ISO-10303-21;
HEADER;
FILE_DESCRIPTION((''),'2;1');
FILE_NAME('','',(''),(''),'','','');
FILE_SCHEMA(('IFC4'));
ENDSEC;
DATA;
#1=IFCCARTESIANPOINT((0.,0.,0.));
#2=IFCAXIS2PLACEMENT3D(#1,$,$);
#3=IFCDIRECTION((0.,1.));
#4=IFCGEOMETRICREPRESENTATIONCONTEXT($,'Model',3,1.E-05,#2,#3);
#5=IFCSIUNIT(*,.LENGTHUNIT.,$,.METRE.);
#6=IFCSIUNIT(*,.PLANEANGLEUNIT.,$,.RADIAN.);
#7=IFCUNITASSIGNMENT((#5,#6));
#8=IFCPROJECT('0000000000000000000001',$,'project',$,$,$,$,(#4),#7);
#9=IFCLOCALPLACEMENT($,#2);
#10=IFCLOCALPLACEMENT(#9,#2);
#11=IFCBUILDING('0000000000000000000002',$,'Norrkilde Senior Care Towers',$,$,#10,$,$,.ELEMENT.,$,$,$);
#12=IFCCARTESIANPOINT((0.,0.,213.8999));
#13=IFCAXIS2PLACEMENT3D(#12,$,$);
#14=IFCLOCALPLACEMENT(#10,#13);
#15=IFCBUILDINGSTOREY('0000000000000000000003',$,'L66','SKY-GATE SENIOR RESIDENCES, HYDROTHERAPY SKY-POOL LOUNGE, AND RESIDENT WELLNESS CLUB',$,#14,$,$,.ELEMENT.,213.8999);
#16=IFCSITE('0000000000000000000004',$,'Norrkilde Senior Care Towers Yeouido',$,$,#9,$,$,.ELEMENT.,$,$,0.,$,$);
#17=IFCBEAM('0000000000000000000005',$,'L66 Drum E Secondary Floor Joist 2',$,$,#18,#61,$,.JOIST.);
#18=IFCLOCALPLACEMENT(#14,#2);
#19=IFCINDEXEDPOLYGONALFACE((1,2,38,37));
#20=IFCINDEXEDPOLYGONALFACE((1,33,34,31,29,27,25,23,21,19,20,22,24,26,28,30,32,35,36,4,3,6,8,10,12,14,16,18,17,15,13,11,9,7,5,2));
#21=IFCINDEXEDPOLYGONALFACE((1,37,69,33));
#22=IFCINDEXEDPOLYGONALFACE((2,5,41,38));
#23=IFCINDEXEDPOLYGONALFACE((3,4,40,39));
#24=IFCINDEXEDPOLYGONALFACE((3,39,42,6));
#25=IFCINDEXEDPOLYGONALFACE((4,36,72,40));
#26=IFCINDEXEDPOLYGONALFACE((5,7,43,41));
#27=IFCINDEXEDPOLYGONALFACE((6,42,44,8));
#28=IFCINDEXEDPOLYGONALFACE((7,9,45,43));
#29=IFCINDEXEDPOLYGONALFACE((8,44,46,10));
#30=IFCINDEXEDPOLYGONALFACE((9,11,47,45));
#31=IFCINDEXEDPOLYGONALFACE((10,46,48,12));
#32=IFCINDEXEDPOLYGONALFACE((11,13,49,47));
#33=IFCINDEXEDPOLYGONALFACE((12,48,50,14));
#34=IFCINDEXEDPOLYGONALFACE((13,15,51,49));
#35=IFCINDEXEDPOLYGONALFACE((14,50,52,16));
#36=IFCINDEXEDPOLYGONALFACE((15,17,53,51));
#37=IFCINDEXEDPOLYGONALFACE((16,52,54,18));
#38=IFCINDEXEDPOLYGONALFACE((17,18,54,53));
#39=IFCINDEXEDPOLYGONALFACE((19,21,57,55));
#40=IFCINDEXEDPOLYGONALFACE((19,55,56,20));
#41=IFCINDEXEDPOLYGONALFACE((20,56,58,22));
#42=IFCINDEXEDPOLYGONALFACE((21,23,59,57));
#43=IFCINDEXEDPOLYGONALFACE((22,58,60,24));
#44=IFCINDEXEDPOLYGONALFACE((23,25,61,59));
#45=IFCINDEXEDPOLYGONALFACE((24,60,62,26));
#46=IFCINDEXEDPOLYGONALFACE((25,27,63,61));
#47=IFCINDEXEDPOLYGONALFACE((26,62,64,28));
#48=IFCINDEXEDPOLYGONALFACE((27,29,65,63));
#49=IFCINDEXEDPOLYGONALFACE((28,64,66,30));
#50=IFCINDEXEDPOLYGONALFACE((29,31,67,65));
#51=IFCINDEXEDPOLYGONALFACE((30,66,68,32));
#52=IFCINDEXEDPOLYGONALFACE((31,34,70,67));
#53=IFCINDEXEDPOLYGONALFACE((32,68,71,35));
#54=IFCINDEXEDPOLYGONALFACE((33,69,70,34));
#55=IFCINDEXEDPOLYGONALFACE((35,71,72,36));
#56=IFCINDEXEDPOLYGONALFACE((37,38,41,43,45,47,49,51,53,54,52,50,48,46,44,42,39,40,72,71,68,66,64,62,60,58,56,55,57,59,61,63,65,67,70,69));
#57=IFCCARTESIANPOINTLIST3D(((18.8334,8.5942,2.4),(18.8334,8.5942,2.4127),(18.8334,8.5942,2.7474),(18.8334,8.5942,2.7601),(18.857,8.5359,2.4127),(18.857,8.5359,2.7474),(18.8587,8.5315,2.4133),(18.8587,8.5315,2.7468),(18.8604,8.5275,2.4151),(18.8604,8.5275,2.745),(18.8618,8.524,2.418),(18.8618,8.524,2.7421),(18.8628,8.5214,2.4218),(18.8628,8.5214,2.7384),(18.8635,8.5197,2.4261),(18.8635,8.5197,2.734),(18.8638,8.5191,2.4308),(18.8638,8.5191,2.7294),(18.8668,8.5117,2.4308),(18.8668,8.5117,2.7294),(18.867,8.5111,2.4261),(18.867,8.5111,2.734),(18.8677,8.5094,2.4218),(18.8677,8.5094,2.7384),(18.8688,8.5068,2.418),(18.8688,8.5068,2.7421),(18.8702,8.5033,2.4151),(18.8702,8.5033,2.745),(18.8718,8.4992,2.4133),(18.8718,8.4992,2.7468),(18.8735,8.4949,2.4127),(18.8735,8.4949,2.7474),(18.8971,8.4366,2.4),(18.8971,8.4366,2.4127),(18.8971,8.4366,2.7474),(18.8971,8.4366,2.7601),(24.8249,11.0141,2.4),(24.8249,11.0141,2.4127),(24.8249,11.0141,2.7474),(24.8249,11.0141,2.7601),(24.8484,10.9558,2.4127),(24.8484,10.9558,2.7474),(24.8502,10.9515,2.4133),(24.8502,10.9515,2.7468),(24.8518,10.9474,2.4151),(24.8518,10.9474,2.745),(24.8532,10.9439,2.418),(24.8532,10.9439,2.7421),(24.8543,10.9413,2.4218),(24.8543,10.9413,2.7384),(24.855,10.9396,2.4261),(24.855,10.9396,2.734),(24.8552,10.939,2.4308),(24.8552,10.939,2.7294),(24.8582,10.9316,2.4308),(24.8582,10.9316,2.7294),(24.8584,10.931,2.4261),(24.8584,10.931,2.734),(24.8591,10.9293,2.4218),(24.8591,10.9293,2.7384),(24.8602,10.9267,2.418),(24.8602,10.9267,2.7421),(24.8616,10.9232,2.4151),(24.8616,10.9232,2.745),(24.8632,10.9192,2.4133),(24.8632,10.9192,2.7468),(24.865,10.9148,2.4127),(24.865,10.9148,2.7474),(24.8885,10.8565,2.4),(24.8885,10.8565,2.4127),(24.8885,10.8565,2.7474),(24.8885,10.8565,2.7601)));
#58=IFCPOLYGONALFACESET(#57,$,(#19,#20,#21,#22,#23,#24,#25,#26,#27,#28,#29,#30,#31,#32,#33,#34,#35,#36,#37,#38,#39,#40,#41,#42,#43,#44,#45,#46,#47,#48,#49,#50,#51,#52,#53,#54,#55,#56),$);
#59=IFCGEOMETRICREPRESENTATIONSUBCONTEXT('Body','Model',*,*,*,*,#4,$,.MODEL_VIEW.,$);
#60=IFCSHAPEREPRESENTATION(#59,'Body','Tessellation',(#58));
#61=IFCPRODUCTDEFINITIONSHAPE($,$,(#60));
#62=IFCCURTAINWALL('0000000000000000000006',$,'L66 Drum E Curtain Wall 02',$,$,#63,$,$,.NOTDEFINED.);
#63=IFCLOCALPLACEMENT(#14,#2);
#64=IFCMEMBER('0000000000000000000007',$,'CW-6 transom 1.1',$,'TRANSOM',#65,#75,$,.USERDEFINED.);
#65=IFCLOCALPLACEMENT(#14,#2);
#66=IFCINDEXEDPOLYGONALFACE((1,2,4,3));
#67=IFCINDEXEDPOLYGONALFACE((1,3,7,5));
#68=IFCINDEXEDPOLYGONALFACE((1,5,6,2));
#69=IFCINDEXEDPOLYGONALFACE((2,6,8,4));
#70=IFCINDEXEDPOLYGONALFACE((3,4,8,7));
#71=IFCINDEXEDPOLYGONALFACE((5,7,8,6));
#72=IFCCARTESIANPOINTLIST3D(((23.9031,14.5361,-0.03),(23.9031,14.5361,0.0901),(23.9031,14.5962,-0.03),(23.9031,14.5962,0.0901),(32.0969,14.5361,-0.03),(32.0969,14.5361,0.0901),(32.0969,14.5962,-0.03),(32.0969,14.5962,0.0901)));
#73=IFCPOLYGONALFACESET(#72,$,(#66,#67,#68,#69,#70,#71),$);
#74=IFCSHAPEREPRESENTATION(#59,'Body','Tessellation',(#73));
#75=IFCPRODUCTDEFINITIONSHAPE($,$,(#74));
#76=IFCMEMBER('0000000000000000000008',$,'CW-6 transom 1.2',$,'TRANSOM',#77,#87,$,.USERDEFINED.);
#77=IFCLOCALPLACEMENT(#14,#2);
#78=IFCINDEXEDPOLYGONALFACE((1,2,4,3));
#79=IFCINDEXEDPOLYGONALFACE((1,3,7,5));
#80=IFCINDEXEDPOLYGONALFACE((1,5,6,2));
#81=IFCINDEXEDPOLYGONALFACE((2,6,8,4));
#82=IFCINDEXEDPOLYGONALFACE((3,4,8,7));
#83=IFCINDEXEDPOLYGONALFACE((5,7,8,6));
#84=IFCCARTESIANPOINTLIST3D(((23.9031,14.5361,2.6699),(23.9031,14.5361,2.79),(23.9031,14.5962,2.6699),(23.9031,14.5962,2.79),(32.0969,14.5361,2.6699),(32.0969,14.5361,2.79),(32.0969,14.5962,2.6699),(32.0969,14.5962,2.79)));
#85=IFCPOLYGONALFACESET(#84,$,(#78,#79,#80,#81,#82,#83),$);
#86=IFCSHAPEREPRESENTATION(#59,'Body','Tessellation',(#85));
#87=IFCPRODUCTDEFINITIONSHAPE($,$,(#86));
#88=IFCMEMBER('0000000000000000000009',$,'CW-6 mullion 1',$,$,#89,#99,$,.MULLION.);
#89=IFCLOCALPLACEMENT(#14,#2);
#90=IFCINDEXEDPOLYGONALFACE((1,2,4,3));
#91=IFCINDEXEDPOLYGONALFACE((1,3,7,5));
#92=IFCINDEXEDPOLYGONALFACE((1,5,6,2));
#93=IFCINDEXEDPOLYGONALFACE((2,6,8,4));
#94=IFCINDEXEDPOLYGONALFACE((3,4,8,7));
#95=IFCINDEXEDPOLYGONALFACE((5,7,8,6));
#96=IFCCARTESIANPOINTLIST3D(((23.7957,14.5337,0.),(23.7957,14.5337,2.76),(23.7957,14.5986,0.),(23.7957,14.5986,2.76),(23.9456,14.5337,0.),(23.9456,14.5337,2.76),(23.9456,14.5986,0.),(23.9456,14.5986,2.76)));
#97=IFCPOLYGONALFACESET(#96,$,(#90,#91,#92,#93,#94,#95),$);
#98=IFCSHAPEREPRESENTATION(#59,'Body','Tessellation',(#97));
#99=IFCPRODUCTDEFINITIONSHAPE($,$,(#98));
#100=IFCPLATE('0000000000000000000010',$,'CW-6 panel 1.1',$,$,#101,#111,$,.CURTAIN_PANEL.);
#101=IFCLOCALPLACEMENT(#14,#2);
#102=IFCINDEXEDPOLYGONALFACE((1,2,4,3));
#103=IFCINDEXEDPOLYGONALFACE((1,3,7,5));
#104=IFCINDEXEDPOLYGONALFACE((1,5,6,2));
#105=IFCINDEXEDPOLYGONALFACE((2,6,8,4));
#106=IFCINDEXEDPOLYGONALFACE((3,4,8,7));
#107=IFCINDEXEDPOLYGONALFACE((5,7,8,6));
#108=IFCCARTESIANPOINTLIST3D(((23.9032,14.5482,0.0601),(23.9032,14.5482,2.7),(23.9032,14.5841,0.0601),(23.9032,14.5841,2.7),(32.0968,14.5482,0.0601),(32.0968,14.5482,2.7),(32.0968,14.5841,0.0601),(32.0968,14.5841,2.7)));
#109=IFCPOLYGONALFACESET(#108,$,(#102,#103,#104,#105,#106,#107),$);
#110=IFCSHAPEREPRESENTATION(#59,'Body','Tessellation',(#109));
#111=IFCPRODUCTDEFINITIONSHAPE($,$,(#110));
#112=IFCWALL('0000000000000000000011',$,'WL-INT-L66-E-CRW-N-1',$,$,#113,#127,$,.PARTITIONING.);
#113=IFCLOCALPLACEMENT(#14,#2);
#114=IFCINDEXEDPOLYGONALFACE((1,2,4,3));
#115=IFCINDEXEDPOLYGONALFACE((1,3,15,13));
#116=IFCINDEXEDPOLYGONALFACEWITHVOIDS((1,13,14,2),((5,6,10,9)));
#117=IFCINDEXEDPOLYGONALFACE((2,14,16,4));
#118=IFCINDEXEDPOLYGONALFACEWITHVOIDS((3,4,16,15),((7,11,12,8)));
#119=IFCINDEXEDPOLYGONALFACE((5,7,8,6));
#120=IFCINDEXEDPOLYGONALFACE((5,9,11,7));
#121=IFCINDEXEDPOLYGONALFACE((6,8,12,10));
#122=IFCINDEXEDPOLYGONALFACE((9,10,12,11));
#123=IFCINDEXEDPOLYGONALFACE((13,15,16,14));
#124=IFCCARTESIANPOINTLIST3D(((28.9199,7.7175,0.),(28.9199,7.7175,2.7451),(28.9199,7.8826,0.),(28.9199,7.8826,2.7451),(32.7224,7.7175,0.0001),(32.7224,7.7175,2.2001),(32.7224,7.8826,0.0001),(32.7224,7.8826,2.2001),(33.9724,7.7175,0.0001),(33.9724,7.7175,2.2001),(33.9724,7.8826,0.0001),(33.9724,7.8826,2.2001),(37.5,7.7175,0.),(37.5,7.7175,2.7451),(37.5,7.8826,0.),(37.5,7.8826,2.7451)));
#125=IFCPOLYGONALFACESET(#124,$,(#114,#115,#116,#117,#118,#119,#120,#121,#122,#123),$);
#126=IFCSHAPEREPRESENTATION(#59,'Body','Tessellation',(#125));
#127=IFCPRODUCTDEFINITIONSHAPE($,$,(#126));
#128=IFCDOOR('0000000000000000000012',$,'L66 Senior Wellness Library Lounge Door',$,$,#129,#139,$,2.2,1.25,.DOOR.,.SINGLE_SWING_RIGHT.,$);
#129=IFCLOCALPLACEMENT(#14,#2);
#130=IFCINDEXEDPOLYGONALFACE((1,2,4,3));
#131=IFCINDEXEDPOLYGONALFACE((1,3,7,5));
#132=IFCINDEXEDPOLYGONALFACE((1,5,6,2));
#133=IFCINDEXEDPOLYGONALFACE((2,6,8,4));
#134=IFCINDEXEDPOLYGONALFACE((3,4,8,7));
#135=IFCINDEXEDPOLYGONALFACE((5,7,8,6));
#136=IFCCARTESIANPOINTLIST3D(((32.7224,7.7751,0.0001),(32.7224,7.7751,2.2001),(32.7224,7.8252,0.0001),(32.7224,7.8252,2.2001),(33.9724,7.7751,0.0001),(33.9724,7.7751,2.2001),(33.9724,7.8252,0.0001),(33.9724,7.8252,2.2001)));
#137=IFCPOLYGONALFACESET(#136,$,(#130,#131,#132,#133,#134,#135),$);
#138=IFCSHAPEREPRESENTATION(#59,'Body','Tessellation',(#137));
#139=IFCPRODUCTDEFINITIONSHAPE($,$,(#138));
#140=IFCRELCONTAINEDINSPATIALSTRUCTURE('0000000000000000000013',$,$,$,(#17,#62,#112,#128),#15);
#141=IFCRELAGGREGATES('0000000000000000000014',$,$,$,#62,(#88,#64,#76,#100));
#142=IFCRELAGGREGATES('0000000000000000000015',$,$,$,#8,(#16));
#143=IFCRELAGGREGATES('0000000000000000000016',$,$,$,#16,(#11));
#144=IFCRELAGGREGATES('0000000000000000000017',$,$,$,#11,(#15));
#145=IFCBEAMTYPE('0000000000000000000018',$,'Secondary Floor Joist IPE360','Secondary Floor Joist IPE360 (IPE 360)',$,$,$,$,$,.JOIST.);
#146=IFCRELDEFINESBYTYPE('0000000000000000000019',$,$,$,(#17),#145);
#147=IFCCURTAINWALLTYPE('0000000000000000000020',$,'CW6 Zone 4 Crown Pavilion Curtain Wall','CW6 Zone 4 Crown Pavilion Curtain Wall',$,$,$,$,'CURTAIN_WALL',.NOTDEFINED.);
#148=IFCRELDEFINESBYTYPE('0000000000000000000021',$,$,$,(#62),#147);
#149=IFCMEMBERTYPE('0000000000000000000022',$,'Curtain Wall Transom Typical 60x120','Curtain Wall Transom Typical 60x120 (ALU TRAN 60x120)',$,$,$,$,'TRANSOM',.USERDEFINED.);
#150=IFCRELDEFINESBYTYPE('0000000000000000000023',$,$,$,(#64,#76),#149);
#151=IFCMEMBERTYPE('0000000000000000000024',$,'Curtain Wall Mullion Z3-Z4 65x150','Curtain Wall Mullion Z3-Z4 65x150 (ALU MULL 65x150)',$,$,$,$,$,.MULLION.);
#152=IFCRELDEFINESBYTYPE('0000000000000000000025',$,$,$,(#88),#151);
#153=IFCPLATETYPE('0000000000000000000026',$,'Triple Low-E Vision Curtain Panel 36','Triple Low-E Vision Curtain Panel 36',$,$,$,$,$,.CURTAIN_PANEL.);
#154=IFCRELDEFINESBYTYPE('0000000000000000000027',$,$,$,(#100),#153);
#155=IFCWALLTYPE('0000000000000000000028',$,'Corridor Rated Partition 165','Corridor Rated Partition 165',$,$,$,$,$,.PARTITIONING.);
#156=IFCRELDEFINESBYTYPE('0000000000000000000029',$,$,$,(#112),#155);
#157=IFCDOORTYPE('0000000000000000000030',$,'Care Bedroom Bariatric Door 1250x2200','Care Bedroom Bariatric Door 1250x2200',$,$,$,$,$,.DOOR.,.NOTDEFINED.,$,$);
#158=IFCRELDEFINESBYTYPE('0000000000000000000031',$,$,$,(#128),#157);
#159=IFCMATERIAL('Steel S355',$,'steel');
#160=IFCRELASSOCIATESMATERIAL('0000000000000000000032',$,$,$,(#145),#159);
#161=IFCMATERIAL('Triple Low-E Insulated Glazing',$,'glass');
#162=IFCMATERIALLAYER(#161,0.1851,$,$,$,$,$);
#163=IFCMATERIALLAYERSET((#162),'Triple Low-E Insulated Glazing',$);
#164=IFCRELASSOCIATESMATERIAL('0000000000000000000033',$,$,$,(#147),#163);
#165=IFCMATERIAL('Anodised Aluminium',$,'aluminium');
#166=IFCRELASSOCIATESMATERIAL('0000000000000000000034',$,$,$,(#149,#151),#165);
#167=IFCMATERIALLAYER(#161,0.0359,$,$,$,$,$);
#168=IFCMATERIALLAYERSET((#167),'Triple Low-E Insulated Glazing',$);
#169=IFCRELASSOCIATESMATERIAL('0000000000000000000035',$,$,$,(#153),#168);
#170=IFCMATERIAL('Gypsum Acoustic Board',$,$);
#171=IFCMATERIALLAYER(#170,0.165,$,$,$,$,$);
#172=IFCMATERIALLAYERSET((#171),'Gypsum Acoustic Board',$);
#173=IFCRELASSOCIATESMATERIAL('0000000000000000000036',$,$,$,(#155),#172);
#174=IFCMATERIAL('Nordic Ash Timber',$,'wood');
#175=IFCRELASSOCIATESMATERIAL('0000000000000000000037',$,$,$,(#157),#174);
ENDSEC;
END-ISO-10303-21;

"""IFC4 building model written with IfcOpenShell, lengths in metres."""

from ifc_helpers import new_model, si_unit, direction, frame, frame_2d, origin, origin_2d, place, context, subcontext, project, spatial, rectangle, i_section, extrude, source, transform, mapped, material, layer, layer_set, material_profile, profile_set, type_object, type_shapes, element, fill, aggregate, save


model = new_model("IFC4")

# Units and contexts
model_context = context("Model", 3, precision=1e-05, world=origin(), true_north=direction((0.0, 1.0)))
body_context = subcontext(model_context, "Body", "Model", "MODEL_VIEW")
ifc_project = project(units=[si_unit("LENGTHUNIT", "METRE"), si_unit("PLANEANGLEUNIT", "RADIAN")], contexts=[model_context])

# Site, building, storey
site_placement = place(None, origin())
site = spatial("IfcSite", under=ifc_project, at=site_placement, Name="Norrkilde Senior Care Towers Yeouido", CompositionType="ELEMENT", RefElevation=0.0)
building_placement = place(site_placement, origin())
building = spatial("IfcBuilding", under=site, at=building_placement, Name="Norrkilde Senior Care Towers", CompositionType="ELEMENT")
storey_placement = place(building_placement, frame((0.0, 0.0, 213.8999)))
storey = spatial("IfcBuildingStorey", under=building, at=storey_placement, Name="L66", Description="SKY-GATE SENIOR RESIDENCES, HYDROTHERAPY SKY-POOL LOUNGE, AND RESIDENT WELLNESS CLUB", CompositionType="ELEMENT", Elevation=213.8999)

# Beam
ifc_material_1 = material(Name="Steel S355", Category="steel")
ifc_material_profile_1 = material_profile(ifc_material_1, i_section(OverallWidth=0.1699, OverallDepth=0.3601, WebThickness=0.0081, FlangeThickness=0.0127, FilletRadius=0.0181, at=origin_2d()), Name="IPE 360")
ifc_profile_set_1 = profile_set([ifc_material_profile_1], Name="Steel S355")
beam_type_1 = type_object("IfcBeamType", Name="Secondary Floor Joist IPE360", Description="Secondary Floor Joist IPE360 (IPE 360)", PredefinedType="JOIST", material=ifc_profile_set_1)
shared_shape_1 = source(origin(), body_context, "Body", "SweptSolid", [
    extrude(i_section(OverallWidth=0.1699, OverallDepth=0.3601, WebThickness=0.0081, FlangeThickness=0.0127, FilletRadius=0.0181, at=origin_2d()), origin(), (0.0, 0.0, 1.0), 6.4617),
])
type_shapes(beam_type_1, [shared_shape_1])
beam_1_placement = place(storey_placement, frame((24.8567, 10.9353, 2.5801), z_axis=(-0.927226, -0.374502, 0.0), x_axis=(0.374502, -0.927226, 0.0)))
element("IfcBeam", 1, at=beam_1_placement, inside=storey, type_object=beam_type_1, Name="L66 Drum E Secondary Floor Joist 2", PredefinedType="JOIST", context=body_context, shape_type="MappedRepresentation", body=[
    mapped(shared_shape_1, transform((0.0, 0.0, 0.0), x_axis=(1.0, 0.0, 0.0), y_axis=(0.0, 1.0, 0.0), z_axis=(0.0, 0.0, 1.0), scale=1.0)),
])

# Curtain wall, members, plate
ifc_material_2 = material(Name="Triple Low-E Insulated Glazing", Category="glass")
ifc_layer_1 = layer(ifc_material_2, 0.1851)
ifc_layer_set_1 = layer_set([ifc_layer_1], Name="Triple Low-E Insulated Glazing")
curtain_wall_type = type_object("IfcCurtainWallType", Name="CW6 Zone 4 Crown Pavilion Curtain Wall", Description="CW6 Zone 4 Crown Pavilion Curtain Wall", ElementType="CURTAIN_WALL", PredefinedType="NOTDEFINED", material=ifc_layer_set_1)
curtain_wall_placement = place(storey_placement, origin())
curtain_wall = element("IfcCurtainWall", 2, at=curtain_wall_placement, inside=storey, type_object=curtain_wall_type, Name="L66 Drum E Curtain Wall 02", PredefinedType="NOTDEFINED")
ifc_material_3 = material(Name="Anodised Aluminium", Category="aluminium")
ifc_material_profile_2 = material_profile(ifc_material_3, rectangle(XDim=0.0601, YDim=0.1201, at=origin_2d()), Name="ALU TRAN 60x120")
ifc_profile_set_2 = profile_set([ifc_material_profile_2], Name="Anodised Aluminium")
member_type_1 = type_object("IfcMemberType", Name="Curtain Wall Transom Typical 60x120", Description="Curtain Wall Transom Typical 60x120 (ALU TRAN 60x120)", ElementType="TRANSOM", PredefinedType="USERDEFINED", material=ifc_profile_set_2)
shared_shape_2 = source(origin(), body_context, "Body", "SweptSolid", [
    extrude(rectangle(XDim=0.0601, YDim=0.1201, at=origin_2d()), origin(), (0.0, 0.0, 1.0), 8.1938),
])
type_shapes(member_type_1, [shared_shape_2])
member_1_placement = place(storey_placement, frame((23.9031, 14.5662, 0.03), z_axis=(1.0, 0.0, 0.0), x_axis=(0.0, 1.0, 0.0)))
member_1 = element("IfcMember", 3, at=member_1_placement, type_object=member_type_1, Name="CW-6 transom 1.1", ObjectType="TRANSOM", PredefinedType="USERDEFINED", context=body_context, shape_type="MappedRepresentation", body=[
    mapped(shared_shape_2, transform((0.0, 0.0, 0.0), x_axis=(1.0, 0.0, 0.0), y_axis=(0.0, 1.0, 0.0), z_axis=(0.0, 0.0, 1.0), scale=1.0)),
])
member_2_placement = place(storey_placement, frame((23.9031, 14.5662, 2.73), z_axis=(1.0, 0.0, 0.0), x_axis=(0.0, 1.0, 0.0)))
member_2 = element("IfcMember", 4, at=member_2_placement, type_object=member_type_1, Name="CW-6 transom 1.2", ObjectType="TRANSOM", PredefinedType="USERDEFINED", context=body_context, shape_type="MappedRepresentation", body=[
    mapped(shared_shape_2, transform((0.0, 0.0, 0.0), x_axis=(1.0, 0.0, 0.0), y_axis=(0.0, 1.0, 0.0), z_axis=(0.0, 0.0, 1.0), scale=1.0)),
])
ifc_material_profile_3 = material_profile(ifc_material_3, rectangle(XDim=0.0649, YDim=0.1499, at=origin_2d()), Name="ALU MULL 65x150")
ifc_profile_set_3 = profile_set([ifc_material_profile_3], Name="Anodised Aluminium")
member_type_2 = type_object("IfcMemberType", Name="Curtain Wall Mullion Z3-Z4 65x150", Description="Curtain Wall Mullion Z3-Z4 65x150 (ALU MULL 65x150)", PredefinedType="MULLION", material=ifc_profile_set_3)
shared_shape_3 = source(origin(), body_context, "Body", "SweptSolid", [
    extrude(rectangle(XDim=0.0649, YDim=0.1499, at=origin_2d()), origin(), (0.0, 0.0, 1.0), 2.76),
])
type_shapes(member_type_2, [shared_shape_3])
member_3_placement = place(storey_placement, frame((23.8706, 14.5662, 0.0), z_axis=(0.0, 0.0, 1.0), x_axis=(0.0, 1.0, 0.0)))
member_3 = element("IfcMember", 5, at=member_3_placement, type_object=member_type_2, Name="CW-6 mullion 1", PredefinedType="MULLION", context=body_context, shape_type="MappedRepresentation", body=[
    mapped(shared_shape_3, transform((0.0, 0.0, 0.0), x_axis=(1.0, 0.0, 0.0), y_axis=(0.0, 1.0, 0.0), z_axis=(0.0, 0.0, 1.0), scale=1.0)),
])
ifc_layer_2 = layer(ifc_material_2, 0.0359)
ifc_layer_set_2 = layer_set([ifc_layer_2], Name="Triple Low-E Insulated Glazing")
plate_type = type_object("IfcPlateType", Name="Triple Low-E Vision Curtain Panel 36", Description="Triple Low-E Vision Curtain Panel 36", PredefinedType="CURTAIN_PANEL", material=ifc_layer_set_2)
shared_shape_4 = source(origin(), body_context, "Body", "SweptSolid", [
    extrude(rectangle(XDim=8.1936, YDim=0.0359, at=origin_2d()), origin(), (0.0, 0.0, 1.0), 2.6399),
])
type_shapes(plate_type, [shared_shape_4])
plate_placement = place(storey_placement, frame((28.0, 14.5662, 0.0601), z_axis=(0.0, 0.0, 1.0), x_axis=(1.0, 0.0, 0.0)))
plate = element("IfcPlate", 6, at=plate_placement, type_object=plate_type, Name="CW-6 panel 1.1", PredefinedType="CURTAIN_PANEL", context=body_context, shape_type="MappedRepresentation", body=[
    mapped(shared_shape_4, transform((0.0, 0.0, 0.0), x_axis=(1.0, 0.0, 0.0), y_axis=(0.0, 1.0, 0.0), z_axis=(0.0, 0.0, 1.0), scale=1.0)),
])
aggregate(curtain_wall, [member_3, member_1, member_2, plate])

# Wall, opening, door
ifc_material_4 = material(Name="Gypsum Acoustic Board")
ifc_layer_3 = layer(ifc_material_4, 0.165)
ifc_layer_set_3 = layer_set([ifc_layer_3], Name="Gypsum Acoustic Board")
wall_type = type_object("IfcWallType", Name="Corridor Rated Partition 165", Description="Corridor Rated Partition 165", PredefinedType="PARTITIONING", material=ifc_layer_set_3)
shared_shape_5 = source(origin(), body_context, "Body", "SweptSolid", [
    extrude(rectangle(XDim=8.5801, YDim=0.165, at=frame_2d((4.29, 0.0))), origin(), (0.0, 0.0, 1.0), 2.7451),
])
wall_1_placement = place(storey_placement, frame((28.9199, 7.8, 0.0), z_axis=(0.0, 0.0, 1.0), x_axis=(1.0, 0.0, 0.0)))
wall_1 = element("IfcWall", 7, at=wall_1_placement, inside=storey, type_object=wall_type, Name="WL-INT-L66-E-CRW-N-1", PredefinedType="PARTITIONING", context=body_context, shape_type="MappedRepresentation", body=[
    mapped(shared_shape_5, transform((0.0, 0.0, 0.0), x_axis=(1.0, 0.0, 0.0), y_axis=(0.0, 1.0, 0.0), z_axis=(0.0, 0.0, 1.0), scale=1.0)),
])
opening_1_placement = place(wall_1_placement, frame((3.8025, 0.0, 0.0)))
opening_1 = element("IfcOpeningElement", 8, at=opening_1_placement, cuts=wall_1, PredefinedType="OPENING", context=body_context, shape_type="SweptSolid", body=[
    extrude(rectangle(XDim=1.25, YDim=2.2, at=frame_2d((0.625, 1.1001))), frame((0.0, 0.0925, 0.0), z_axis=(0.0, -1.0, 0.0), x_axis=(1.0, 0.0, 0.0)), (0.0, 0.0, 1.0), 0.1851),
])
ifc_material_5 = material(Name="Nordic Ash Timber", Category="wood")
door_type_1 = type_object("IfcDoorType", Name="Care Bedroom Bariatric Door 1250x2200", Description="Care Bedroom Bariatric Door 1250x2200", OperationType="NOTDEFINED", PredefinedType="DOOR", material=ifc_material_5)
shared_shape_6 = source(origin(), body_context, "Body", "SweptSolid", [
    extrude(rectangle(XDim=1.25, YDim=2.2, at=frame_2d((0.625, 1.1001))), frame((0.0, 0.0249, 0.0), z_axis=(0.0, -1.0, 0.0), x_axis=(1.0, 0.0, 0.0)), (0.0, 0.0, 1.0), 0.05),
])
type_shapes(door_type_1, [shared_shape_6])
door_1_placement = place(opening_1_placement, frame((1.25, 0.0, 0.0), z_axis=(0.0, 0.0, 1.0), x_axis=(-1.0, 0.0, 0.0)))
door_1 = element("IfcDoor", 9, at=door_1_placement, inside=storey, type_object=door_type_1, Name="L66 Senior Wellness Library Lounge Door", OperationType="SINGLE_SWING_RIGHT", OverallHeight=2.2, OverallWidth=1.25, PredefinedType="DOOR", context=body_context, shape_type="MappedRepresentation", body=[
    mapped(shared_shape_6, transform((0.0, 0.0, 0.0), x_axis=(1.0, 0.0, 0.0), y_axis=(0.0, 1.0, 0.0), z_axis=(0.0, 0.0, 1.0), scale=1.0)),
])
fill(opening_1, door_1)

save(model, "model.ifc")
